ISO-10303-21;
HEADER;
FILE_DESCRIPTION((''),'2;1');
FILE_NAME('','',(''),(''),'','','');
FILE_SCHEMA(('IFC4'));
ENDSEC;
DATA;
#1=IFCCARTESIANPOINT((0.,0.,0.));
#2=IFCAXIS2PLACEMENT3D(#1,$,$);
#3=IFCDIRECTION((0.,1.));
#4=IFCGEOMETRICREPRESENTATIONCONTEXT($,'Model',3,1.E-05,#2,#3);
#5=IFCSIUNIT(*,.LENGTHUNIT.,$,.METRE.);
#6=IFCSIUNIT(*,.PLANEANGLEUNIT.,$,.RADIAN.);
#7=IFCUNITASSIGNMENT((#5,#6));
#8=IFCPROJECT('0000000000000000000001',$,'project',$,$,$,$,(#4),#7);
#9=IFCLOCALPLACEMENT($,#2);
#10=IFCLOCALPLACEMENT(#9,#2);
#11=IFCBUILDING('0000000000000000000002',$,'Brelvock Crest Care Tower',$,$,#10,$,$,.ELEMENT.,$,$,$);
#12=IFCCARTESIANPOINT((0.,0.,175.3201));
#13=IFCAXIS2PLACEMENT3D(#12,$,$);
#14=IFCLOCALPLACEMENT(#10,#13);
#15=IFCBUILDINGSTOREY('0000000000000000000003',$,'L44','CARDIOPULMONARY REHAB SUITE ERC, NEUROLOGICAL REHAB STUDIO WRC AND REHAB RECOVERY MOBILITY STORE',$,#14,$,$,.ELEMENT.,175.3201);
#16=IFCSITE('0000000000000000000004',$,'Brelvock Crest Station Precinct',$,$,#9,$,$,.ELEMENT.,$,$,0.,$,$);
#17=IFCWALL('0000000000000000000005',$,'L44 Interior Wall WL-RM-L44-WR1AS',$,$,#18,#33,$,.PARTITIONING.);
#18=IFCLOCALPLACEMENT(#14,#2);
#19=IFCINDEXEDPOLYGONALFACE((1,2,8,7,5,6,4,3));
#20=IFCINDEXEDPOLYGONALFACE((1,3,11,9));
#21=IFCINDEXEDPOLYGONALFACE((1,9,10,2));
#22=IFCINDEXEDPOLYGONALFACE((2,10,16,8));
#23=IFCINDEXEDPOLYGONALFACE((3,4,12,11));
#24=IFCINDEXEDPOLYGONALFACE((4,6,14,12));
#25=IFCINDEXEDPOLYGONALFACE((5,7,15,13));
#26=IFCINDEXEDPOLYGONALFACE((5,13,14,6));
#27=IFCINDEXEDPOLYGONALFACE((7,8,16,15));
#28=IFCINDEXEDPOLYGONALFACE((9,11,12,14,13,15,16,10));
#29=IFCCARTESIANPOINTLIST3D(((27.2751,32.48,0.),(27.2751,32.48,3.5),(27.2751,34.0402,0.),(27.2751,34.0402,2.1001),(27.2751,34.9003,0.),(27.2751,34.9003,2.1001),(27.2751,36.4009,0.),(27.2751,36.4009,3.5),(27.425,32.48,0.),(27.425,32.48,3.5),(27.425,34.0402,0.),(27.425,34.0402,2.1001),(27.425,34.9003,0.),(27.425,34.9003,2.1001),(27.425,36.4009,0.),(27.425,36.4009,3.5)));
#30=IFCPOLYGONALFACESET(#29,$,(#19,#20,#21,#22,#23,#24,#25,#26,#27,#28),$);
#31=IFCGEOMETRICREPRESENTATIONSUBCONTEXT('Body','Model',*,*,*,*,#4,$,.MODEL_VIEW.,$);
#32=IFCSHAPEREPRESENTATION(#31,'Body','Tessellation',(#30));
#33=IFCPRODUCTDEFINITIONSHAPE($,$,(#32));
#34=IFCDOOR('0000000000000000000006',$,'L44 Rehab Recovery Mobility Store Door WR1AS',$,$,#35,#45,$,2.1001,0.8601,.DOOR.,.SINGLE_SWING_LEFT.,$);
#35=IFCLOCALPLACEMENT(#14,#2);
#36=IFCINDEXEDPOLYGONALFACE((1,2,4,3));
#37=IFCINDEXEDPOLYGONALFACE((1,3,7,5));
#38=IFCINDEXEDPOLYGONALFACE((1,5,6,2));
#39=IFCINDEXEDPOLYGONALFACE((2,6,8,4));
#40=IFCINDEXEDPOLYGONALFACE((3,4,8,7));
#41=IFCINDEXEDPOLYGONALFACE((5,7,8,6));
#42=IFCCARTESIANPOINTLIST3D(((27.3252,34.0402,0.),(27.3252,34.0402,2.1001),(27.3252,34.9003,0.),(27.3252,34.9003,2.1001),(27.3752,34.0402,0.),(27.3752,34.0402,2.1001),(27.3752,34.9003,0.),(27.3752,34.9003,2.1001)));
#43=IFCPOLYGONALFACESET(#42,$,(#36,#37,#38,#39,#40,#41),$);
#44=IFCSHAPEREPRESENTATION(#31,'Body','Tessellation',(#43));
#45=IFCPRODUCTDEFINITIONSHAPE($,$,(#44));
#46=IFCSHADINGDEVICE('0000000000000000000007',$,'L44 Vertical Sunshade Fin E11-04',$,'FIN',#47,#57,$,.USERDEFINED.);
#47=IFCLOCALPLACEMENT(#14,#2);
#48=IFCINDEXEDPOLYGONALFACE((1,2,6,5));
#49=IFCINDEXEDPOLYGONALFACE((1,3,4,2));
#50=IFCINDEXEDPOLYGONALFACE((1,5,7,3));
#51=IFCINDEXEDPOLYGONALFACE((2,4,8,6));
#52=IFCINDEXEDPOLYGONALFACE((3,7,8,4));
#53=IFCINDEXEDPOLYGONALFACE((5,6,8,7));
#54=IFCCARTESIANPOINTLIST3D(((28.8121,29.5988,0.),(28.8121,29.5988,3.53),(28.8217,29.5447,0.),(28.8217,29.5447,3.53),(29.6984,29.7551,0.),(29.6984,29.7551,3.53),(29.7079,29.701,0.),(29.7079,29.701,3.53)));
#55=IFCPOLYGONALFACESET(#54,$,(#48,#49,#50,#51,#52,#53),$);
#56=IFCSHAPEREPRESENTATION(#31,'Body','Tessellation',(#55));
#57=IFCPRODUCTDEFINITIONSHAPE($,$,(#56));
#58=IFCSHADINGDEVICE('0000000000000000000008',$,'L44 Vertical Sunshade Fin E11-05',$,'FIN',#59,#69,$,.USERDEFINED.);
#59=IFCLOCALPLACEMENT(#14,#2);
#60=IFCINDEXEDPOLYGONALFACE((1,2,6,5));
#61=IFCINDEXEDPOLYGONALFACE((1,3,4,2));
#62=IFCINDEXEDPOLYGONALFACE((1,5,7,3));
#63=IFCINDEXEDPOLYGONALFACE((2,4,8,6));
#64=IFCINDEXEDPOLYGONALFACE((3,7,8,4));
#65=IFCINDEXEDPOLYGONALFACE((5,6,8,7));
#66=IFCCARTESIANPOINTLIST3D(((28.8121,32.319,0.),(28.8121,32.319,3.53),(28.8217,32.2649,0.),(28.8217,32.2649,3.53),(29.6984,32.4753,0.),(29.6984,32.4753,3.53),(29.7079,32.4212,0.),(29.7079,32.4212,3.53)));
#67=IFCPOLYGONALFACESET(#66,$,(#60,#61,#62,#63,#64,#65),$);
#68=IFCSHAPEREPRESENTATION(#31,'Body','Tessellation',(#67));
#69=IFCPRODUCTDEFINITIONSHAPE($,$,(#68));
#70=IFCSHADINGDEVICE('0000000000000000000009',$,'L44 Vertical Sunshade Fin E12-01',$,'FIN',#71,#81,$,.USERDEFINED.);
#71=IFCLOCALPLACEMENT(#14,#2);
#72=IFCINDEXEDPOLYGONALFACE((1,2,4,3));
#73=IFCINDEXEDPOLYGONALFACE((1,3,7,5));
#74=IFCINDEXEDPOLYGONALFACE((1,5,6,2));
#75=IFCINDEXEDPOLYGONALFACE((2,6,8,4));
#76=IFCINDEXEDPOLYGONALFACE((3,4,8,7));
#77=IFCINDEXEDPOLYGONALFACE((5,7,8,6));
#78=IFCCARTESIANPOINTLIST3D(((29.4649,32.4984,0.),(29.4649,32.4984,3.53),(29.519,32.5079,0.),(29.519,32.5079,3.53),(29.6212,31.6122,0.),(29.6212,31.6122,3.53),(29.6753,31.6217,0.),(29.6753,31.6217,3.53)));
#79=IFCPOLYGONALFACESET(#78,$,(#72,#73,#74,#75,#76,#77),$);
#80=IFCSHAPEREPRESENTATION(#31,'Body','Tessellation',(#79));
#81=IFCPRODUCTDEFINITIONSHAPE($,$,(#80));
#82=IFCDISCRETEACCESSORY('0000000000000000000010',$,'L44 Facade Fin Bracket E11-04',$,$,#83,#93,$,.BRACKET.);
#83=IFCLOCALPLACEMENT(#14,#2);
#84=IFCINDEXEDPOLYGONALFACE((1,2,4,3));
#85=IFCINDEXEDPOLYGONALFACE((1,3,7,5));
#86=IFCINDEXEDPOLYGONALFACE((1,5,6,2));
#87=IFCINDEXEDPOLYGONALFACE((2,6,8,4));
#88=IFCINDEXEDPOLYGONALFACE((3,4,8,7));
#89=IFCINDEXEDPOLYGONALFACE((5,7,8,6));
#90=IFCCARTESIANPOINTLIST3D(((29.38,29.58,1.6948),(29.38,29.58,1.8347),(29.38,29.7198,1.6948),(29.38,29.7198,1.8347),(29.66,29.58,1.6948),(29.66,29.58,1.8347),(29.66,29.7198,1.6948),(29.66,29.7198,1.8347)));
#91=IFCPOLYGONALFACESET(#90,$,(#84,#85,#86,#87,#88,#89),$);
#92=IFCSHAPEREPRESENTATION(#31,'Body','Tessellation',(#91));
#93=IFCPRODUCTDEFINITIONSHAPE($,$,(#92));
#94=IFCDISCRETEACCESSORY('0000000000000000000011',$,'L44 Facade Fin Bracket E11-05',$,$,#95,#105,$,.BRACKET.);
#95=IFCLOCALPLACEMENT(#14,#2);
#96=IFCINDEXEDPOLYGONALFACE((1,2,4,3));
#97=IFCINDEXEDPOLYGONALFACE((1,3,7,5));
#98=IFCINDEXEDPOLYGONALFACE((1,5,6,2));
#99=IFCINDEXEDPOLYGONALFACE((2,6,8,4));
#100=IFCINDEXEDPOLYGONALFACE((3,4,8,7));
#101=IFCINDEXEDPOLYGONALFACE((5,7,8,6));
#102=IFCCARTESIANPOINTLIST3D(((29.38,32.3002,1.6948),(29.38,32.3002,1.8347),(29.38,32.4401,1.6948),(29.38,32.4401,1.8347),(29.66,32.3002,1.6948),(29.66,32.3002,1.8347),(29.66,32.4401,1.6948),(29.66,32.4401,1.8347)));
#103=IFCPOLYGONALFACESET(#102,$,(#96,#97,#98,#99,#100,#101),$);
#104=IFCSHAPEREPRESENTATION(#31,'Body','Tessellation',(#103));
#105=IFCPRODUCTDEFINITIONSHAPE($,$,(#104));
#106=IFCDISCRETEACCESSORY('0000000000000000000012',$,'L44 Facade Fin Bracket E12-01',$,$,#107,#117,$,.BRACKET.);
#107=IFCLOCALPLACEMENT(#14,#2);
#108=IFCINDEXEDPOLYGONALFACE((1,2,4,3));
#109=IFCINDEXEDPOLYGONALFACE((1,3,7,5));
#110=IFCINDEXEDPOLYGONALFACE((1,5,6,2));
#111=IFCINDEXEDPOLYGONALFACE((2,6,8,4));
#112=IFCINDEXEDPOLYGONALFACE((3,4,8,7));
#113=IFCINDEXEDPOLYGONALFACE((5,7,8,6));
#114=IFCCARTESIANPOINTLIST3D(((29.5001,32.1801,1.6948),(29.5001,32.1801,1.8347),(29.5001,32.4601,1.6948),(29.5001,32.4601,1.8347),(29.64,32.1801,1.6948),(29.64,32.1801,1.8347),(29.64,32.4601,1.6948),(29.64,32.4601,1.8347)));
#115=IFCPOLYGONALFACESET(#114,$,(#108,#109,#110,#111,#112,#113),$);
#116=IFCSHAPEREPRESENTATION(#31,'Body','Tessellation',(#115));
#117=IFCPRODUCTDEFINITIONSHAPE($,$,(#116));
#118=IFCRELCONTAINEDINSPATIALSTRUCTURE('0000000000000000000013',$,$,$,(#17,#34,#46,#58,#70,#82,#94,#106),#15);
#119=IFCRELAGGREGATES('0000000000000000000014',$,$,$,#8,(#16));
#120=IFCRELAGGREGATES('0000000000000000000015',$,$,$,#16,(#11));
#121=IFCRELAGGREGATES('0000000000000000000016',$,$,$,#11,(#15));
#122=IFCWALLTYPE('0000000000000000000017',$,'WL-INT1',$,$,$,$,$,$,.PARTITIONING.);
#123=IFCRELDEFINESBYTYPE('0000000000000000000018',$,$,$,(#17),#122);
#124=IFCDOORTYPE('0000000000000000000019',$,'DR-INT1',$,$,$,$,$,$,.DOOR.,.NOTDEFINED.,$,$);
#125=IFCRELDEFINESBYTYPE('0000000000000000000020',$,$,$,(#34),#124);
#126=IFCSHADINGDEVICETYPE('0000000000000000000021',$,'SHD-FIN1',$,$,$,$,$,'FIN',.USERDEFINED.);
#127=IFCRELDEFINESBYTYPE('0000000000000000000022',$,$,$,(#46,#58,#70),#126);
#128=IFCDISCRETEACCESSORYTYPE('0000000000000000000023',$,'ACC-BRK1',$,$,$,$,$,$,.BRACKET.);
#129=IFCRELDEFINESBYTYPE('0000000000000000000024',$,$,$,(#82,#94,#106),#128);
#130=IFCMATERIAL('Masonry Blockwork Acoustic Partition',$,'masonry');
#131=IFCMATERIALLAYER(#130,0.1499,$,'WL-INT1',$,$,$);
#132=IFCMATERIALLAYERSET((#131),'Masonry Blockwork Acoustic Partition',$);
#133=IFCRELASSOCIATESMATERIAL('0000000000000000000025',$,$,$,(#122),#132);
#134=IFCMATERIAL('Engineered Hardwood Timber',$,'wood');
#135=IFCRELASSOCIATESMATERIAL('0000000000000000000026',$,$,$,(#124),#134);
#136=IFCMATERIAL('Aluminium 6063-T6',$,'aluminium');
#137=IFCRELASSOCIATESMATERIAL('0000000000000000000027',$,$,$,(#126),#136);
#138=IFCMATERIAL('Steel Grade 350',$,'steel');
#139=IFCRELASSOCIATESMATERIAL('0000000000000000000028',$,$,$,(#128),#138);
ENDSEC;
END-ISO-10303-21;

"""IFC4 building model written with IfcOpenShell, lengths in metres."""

from ifc_helpers import new_model, si_unit, direction, frame, frame_2d, origin, origin_2d, place, context, subcontext, project, spatial, rectangle, extrude, source, transform, mapped, material, layer, layer_set, material_profile, profile_set, type_object, element, fill, save


model = new_model("IFC4")

# Units and contexts
model_context = context("Model", 3, precision=1e-05, world=origin(), true_north=direction((0.0, 1.0)))
body_context = subcontext(model_context, "Body", "Model", "MODEL_VIEW")
ifc_project = project(units=[si_unit("LENGTHUNIT", "METRE"), si_unit("PLANEANGLEUNIT", "RADIAN")], contexts=[model_context])

# Site, building, storey
site_placement = place(None, origin())
site = spatial("IfcSite", under=ifc_project, at=site_placement, Name="Brelvock Crest Station Precinct", CompositionType="ELEMENT", RefElevation=0.0)
building_placement = place(site_placement, origin())
building = spatial("IfcBuilding", under=site, at=building_placement, Name="Brelvock Crest Care Tower", CompositionType="ELEMENT")
storey_placement = place(building_placement, frame((0.0, 0.0, 175.3201)))
storey = spatial("IfcBuildingStorey", under=building, at=storey_placement, Name="L44", Description="CARDIOPULMONARY REHAB SUITE ERC, NEUROLOGICAL REHAB STUDIO WRC AND REHAB RECOVERY MOBILITY STORE", CompositionType="ELEMENT", Elevation=175.3201)

# Shared definitions
ifc_material_1 = material(Name="Steel Grade 350", Category="steel")

# Shared definitions
ifc_material_2 = material(Name="Aluminium 6063-T6", Category="aluminium")

# Shared definitions
ifc_material_3 = material(Name="Masonry Blockwork Acoustic Partition", Category="masonry")
ifc_layer_1 = layer(ifc_material_3, 0.1499, Name="WL-INT1")
ifc_layer_set_1 = layer_set([ifc_layer_1], Name="Masonry Blockwork Acoustic Partition")
wall_type = type_object("IfcWallType", Name="WL-INT1", PredefinedType="PARTITIONING", material=ifc_layer_set_1)

# Wall, opening, door
wall_1_placement = place(storey_placement, frame((27.3501, 32.48, 0.0), z_axis=(0.0, 0.0, 1.0), x_axis=(0.0, 1.0, 0.0)))
wall_1 = element("IfcWall", 1, at=wall_1_placement, inside=storey, type_object=wall_type, Name="L44 Interior Wall WL-RM-L44-WR1AS", PredefinedType="PARTITIONING", context=body_context, shape_type="SweptSolid", body=[
    extrude(rectangle(XDim=3.9209, YDim=0.1499, at=frame_2d((1.9604, 0.0))), origin(), (0.0, 0.0, 1.0), 3.5),
])
opening_placement = place(wall_1_placement, frame((1.5601, 0.0, 0.0)))
opening = element("IfcOpeningElement", 2, at=opening_placement, cuts=wall_1, PredefinedType="OPENING", context=body_context, shape_type="SweptSolid", body=[
    extrude(rectangle(XDim=0.8601, YDim=2.1001, at=origin_2d()), frame((0.4302, 0.085, 1.05), z_axis=(0.0, -1.0, 0.0), x_axis=(1.0, 0.0, 0.0)), (0.0, 0.0, 1.0), 0.1699),
])
ifc_material_4 = material(Name="Engineered Hardwood Timber", Category="wood")
door_type = type_object("IfcDoorType", Name="DR-INT1", OperationType="NOTDEFINED", PredefinedType="DOOR", material=ifc_material_4)
shared_shape_1 = source(origin(), body_context, "Body", "SweptSolid", [
    extrude(rectangle(XDim=0.8601, YDim=2.1001, at=origin_2d()), frame((0.4302, 0.0249, 1.05), z_axis=(0.0, -1.0, 0.0), x_axis=(1.0, 0.0, 0.0)), (0.0, 0.0, 1.0), 0.05),
])
door_placement = place(opening_placement, origin())
door = element("IfcDoor", 3, at=door_placement, inside=storey, type_object=door_type, Name="L44 Rehab Recovery Mobility Store Door WR1AS", OperationType="SINGLE_SWING_LEFT", OverallHeight=2.1001, OverallWidth=0.8601, PredefinedType="DOOR", context=body_context, shape_type="MappedRepresentation", body=[
    mapped(shared_shape_1, transform((0.0, 0.0, 0.0), x_axis=(1.0, 0.0, 0.0), y_axis=(0.0, 1.0, 0.0), z_axis=(0.0, 0.0, 1.0), scale=1.0)),
])
fill(opening, door)

# Shading devices
ifc_material_profile_1 = material_profile(ifc_material_2, rectangle(XDim=0.0549, YDim=0.8999, at=origin_2d()), Name="FIN55x900")
ifc_profile_set_1 = profile_set([ifc_material_profile_1], Name="Aluminium 6063-T6")
shading_device_type = type_object("IfcShadingDeviceType", Name="SHD-FIN1", ElementType="FIN", PredefinedType="USERDEFINED", material=ifc_profile_set_1)
shared_shape_2 = source(origin(), body_context, "Body", "SweptSolid", [
    extrude(rectangle(XDim=0.0549, YDim=0.8999, at=origin_2d()), origin(), (0.0, 0.0, 1.0), 3.53),
])
for number, where, z_axis, x_axis, name in (
    (4, (29.26, 29.6499, 0.0), (0.0, 0.0, 1.0), (-0.173648, 0.984808, 0.0), "L44 Vertical Sunshade Fin E11-04"),
    (5, (29.26, 32.3701, 0.0), (0.0, 0.0, 1.0), (-0.173648, 0.984808, 0.0), "L44 Vertical Sunshade Fin E11-05"),
    (6, (29.5701, 32.0601, 0.0), (0.0, 0.0, 1.0), (-0.984808, -0.173648, 0.0), "L44 Vertical Sunshade Fin E12-01"),
):
    element("IfcShadingDevice", number, at=place(storey_placement, frame(where, z_axis=z_axis, x_axis=x_axis)), inside=storey, type_object=shading_device_type, Name=name, ObjectType="FIN", PredefinedType="USERDEFINED", context=body_context, shape_type="MappedRepresentation", body=[
        mapped(shared_shape_2, transform((0.0, 0.0, 0.0), x_axis=(1.0, 0.0, 0.0), y_axis=(0.0, 1.0, 0.0), z_axis=(0.0, 0.0, 1.0), scale=1.0)),
    ])

# Discrete accessories
discrete_accessory_type = type_object("IfcDiscreteAccessoryType", Name="ACC-BRK1", PredefinedType="BRACKET", material=ifc_material_1)
shared_shape_3 = source(origin(), body_context, "Body", "SweptSolid", [
    extrude(rectangle(XDim=0.28, YDim=0.1399, at=origin_2d()), origin(), (0.0, 0.0, 1.0), 0.1399),
])
for number, where, z_axis, x_axis, name in (
    (7, (29.52, 29.6499, 1.6948), (0.0, 0.0, 1.0), (-1.0, 0.0, 0.0), "L44 Facade Fin Bracket E11-04"),
    (8, (29.52, 32.3701, 1.6948), (0.0, 0.0, 1.0), (-1.0, 0.0, 0.0), "L44 Facade Fin Bracket E11-05"),
    (9, (29.5701, 32.3201, 1.6948), (0.0, 0.0, 1.0), (0.0, -1.0, 0.0), "L44 Facade Fin Bracket E12-01"),
):
    element("IfcDiscreteAccessory", number, at=place(storey_placement, frame(where, z_axis=z_axis, x_axis=x_axis)), inside=storey, type_object=discrete_accessory_type, Name=name, PredefinedType="BRACKET", context=body_context, shape_type="MappedRepresentation", body=[
        mapped(shared_shape_3, transform((0.0, 0.0, 0.0), x_axis=(1.0, 0.0, 0.0), y_axis=(0.0, 1.0, 0.0), z_axis=(0.0, 0.0, 1.0), scale=1.0)),
    ])

save(model, "model.ifc")
